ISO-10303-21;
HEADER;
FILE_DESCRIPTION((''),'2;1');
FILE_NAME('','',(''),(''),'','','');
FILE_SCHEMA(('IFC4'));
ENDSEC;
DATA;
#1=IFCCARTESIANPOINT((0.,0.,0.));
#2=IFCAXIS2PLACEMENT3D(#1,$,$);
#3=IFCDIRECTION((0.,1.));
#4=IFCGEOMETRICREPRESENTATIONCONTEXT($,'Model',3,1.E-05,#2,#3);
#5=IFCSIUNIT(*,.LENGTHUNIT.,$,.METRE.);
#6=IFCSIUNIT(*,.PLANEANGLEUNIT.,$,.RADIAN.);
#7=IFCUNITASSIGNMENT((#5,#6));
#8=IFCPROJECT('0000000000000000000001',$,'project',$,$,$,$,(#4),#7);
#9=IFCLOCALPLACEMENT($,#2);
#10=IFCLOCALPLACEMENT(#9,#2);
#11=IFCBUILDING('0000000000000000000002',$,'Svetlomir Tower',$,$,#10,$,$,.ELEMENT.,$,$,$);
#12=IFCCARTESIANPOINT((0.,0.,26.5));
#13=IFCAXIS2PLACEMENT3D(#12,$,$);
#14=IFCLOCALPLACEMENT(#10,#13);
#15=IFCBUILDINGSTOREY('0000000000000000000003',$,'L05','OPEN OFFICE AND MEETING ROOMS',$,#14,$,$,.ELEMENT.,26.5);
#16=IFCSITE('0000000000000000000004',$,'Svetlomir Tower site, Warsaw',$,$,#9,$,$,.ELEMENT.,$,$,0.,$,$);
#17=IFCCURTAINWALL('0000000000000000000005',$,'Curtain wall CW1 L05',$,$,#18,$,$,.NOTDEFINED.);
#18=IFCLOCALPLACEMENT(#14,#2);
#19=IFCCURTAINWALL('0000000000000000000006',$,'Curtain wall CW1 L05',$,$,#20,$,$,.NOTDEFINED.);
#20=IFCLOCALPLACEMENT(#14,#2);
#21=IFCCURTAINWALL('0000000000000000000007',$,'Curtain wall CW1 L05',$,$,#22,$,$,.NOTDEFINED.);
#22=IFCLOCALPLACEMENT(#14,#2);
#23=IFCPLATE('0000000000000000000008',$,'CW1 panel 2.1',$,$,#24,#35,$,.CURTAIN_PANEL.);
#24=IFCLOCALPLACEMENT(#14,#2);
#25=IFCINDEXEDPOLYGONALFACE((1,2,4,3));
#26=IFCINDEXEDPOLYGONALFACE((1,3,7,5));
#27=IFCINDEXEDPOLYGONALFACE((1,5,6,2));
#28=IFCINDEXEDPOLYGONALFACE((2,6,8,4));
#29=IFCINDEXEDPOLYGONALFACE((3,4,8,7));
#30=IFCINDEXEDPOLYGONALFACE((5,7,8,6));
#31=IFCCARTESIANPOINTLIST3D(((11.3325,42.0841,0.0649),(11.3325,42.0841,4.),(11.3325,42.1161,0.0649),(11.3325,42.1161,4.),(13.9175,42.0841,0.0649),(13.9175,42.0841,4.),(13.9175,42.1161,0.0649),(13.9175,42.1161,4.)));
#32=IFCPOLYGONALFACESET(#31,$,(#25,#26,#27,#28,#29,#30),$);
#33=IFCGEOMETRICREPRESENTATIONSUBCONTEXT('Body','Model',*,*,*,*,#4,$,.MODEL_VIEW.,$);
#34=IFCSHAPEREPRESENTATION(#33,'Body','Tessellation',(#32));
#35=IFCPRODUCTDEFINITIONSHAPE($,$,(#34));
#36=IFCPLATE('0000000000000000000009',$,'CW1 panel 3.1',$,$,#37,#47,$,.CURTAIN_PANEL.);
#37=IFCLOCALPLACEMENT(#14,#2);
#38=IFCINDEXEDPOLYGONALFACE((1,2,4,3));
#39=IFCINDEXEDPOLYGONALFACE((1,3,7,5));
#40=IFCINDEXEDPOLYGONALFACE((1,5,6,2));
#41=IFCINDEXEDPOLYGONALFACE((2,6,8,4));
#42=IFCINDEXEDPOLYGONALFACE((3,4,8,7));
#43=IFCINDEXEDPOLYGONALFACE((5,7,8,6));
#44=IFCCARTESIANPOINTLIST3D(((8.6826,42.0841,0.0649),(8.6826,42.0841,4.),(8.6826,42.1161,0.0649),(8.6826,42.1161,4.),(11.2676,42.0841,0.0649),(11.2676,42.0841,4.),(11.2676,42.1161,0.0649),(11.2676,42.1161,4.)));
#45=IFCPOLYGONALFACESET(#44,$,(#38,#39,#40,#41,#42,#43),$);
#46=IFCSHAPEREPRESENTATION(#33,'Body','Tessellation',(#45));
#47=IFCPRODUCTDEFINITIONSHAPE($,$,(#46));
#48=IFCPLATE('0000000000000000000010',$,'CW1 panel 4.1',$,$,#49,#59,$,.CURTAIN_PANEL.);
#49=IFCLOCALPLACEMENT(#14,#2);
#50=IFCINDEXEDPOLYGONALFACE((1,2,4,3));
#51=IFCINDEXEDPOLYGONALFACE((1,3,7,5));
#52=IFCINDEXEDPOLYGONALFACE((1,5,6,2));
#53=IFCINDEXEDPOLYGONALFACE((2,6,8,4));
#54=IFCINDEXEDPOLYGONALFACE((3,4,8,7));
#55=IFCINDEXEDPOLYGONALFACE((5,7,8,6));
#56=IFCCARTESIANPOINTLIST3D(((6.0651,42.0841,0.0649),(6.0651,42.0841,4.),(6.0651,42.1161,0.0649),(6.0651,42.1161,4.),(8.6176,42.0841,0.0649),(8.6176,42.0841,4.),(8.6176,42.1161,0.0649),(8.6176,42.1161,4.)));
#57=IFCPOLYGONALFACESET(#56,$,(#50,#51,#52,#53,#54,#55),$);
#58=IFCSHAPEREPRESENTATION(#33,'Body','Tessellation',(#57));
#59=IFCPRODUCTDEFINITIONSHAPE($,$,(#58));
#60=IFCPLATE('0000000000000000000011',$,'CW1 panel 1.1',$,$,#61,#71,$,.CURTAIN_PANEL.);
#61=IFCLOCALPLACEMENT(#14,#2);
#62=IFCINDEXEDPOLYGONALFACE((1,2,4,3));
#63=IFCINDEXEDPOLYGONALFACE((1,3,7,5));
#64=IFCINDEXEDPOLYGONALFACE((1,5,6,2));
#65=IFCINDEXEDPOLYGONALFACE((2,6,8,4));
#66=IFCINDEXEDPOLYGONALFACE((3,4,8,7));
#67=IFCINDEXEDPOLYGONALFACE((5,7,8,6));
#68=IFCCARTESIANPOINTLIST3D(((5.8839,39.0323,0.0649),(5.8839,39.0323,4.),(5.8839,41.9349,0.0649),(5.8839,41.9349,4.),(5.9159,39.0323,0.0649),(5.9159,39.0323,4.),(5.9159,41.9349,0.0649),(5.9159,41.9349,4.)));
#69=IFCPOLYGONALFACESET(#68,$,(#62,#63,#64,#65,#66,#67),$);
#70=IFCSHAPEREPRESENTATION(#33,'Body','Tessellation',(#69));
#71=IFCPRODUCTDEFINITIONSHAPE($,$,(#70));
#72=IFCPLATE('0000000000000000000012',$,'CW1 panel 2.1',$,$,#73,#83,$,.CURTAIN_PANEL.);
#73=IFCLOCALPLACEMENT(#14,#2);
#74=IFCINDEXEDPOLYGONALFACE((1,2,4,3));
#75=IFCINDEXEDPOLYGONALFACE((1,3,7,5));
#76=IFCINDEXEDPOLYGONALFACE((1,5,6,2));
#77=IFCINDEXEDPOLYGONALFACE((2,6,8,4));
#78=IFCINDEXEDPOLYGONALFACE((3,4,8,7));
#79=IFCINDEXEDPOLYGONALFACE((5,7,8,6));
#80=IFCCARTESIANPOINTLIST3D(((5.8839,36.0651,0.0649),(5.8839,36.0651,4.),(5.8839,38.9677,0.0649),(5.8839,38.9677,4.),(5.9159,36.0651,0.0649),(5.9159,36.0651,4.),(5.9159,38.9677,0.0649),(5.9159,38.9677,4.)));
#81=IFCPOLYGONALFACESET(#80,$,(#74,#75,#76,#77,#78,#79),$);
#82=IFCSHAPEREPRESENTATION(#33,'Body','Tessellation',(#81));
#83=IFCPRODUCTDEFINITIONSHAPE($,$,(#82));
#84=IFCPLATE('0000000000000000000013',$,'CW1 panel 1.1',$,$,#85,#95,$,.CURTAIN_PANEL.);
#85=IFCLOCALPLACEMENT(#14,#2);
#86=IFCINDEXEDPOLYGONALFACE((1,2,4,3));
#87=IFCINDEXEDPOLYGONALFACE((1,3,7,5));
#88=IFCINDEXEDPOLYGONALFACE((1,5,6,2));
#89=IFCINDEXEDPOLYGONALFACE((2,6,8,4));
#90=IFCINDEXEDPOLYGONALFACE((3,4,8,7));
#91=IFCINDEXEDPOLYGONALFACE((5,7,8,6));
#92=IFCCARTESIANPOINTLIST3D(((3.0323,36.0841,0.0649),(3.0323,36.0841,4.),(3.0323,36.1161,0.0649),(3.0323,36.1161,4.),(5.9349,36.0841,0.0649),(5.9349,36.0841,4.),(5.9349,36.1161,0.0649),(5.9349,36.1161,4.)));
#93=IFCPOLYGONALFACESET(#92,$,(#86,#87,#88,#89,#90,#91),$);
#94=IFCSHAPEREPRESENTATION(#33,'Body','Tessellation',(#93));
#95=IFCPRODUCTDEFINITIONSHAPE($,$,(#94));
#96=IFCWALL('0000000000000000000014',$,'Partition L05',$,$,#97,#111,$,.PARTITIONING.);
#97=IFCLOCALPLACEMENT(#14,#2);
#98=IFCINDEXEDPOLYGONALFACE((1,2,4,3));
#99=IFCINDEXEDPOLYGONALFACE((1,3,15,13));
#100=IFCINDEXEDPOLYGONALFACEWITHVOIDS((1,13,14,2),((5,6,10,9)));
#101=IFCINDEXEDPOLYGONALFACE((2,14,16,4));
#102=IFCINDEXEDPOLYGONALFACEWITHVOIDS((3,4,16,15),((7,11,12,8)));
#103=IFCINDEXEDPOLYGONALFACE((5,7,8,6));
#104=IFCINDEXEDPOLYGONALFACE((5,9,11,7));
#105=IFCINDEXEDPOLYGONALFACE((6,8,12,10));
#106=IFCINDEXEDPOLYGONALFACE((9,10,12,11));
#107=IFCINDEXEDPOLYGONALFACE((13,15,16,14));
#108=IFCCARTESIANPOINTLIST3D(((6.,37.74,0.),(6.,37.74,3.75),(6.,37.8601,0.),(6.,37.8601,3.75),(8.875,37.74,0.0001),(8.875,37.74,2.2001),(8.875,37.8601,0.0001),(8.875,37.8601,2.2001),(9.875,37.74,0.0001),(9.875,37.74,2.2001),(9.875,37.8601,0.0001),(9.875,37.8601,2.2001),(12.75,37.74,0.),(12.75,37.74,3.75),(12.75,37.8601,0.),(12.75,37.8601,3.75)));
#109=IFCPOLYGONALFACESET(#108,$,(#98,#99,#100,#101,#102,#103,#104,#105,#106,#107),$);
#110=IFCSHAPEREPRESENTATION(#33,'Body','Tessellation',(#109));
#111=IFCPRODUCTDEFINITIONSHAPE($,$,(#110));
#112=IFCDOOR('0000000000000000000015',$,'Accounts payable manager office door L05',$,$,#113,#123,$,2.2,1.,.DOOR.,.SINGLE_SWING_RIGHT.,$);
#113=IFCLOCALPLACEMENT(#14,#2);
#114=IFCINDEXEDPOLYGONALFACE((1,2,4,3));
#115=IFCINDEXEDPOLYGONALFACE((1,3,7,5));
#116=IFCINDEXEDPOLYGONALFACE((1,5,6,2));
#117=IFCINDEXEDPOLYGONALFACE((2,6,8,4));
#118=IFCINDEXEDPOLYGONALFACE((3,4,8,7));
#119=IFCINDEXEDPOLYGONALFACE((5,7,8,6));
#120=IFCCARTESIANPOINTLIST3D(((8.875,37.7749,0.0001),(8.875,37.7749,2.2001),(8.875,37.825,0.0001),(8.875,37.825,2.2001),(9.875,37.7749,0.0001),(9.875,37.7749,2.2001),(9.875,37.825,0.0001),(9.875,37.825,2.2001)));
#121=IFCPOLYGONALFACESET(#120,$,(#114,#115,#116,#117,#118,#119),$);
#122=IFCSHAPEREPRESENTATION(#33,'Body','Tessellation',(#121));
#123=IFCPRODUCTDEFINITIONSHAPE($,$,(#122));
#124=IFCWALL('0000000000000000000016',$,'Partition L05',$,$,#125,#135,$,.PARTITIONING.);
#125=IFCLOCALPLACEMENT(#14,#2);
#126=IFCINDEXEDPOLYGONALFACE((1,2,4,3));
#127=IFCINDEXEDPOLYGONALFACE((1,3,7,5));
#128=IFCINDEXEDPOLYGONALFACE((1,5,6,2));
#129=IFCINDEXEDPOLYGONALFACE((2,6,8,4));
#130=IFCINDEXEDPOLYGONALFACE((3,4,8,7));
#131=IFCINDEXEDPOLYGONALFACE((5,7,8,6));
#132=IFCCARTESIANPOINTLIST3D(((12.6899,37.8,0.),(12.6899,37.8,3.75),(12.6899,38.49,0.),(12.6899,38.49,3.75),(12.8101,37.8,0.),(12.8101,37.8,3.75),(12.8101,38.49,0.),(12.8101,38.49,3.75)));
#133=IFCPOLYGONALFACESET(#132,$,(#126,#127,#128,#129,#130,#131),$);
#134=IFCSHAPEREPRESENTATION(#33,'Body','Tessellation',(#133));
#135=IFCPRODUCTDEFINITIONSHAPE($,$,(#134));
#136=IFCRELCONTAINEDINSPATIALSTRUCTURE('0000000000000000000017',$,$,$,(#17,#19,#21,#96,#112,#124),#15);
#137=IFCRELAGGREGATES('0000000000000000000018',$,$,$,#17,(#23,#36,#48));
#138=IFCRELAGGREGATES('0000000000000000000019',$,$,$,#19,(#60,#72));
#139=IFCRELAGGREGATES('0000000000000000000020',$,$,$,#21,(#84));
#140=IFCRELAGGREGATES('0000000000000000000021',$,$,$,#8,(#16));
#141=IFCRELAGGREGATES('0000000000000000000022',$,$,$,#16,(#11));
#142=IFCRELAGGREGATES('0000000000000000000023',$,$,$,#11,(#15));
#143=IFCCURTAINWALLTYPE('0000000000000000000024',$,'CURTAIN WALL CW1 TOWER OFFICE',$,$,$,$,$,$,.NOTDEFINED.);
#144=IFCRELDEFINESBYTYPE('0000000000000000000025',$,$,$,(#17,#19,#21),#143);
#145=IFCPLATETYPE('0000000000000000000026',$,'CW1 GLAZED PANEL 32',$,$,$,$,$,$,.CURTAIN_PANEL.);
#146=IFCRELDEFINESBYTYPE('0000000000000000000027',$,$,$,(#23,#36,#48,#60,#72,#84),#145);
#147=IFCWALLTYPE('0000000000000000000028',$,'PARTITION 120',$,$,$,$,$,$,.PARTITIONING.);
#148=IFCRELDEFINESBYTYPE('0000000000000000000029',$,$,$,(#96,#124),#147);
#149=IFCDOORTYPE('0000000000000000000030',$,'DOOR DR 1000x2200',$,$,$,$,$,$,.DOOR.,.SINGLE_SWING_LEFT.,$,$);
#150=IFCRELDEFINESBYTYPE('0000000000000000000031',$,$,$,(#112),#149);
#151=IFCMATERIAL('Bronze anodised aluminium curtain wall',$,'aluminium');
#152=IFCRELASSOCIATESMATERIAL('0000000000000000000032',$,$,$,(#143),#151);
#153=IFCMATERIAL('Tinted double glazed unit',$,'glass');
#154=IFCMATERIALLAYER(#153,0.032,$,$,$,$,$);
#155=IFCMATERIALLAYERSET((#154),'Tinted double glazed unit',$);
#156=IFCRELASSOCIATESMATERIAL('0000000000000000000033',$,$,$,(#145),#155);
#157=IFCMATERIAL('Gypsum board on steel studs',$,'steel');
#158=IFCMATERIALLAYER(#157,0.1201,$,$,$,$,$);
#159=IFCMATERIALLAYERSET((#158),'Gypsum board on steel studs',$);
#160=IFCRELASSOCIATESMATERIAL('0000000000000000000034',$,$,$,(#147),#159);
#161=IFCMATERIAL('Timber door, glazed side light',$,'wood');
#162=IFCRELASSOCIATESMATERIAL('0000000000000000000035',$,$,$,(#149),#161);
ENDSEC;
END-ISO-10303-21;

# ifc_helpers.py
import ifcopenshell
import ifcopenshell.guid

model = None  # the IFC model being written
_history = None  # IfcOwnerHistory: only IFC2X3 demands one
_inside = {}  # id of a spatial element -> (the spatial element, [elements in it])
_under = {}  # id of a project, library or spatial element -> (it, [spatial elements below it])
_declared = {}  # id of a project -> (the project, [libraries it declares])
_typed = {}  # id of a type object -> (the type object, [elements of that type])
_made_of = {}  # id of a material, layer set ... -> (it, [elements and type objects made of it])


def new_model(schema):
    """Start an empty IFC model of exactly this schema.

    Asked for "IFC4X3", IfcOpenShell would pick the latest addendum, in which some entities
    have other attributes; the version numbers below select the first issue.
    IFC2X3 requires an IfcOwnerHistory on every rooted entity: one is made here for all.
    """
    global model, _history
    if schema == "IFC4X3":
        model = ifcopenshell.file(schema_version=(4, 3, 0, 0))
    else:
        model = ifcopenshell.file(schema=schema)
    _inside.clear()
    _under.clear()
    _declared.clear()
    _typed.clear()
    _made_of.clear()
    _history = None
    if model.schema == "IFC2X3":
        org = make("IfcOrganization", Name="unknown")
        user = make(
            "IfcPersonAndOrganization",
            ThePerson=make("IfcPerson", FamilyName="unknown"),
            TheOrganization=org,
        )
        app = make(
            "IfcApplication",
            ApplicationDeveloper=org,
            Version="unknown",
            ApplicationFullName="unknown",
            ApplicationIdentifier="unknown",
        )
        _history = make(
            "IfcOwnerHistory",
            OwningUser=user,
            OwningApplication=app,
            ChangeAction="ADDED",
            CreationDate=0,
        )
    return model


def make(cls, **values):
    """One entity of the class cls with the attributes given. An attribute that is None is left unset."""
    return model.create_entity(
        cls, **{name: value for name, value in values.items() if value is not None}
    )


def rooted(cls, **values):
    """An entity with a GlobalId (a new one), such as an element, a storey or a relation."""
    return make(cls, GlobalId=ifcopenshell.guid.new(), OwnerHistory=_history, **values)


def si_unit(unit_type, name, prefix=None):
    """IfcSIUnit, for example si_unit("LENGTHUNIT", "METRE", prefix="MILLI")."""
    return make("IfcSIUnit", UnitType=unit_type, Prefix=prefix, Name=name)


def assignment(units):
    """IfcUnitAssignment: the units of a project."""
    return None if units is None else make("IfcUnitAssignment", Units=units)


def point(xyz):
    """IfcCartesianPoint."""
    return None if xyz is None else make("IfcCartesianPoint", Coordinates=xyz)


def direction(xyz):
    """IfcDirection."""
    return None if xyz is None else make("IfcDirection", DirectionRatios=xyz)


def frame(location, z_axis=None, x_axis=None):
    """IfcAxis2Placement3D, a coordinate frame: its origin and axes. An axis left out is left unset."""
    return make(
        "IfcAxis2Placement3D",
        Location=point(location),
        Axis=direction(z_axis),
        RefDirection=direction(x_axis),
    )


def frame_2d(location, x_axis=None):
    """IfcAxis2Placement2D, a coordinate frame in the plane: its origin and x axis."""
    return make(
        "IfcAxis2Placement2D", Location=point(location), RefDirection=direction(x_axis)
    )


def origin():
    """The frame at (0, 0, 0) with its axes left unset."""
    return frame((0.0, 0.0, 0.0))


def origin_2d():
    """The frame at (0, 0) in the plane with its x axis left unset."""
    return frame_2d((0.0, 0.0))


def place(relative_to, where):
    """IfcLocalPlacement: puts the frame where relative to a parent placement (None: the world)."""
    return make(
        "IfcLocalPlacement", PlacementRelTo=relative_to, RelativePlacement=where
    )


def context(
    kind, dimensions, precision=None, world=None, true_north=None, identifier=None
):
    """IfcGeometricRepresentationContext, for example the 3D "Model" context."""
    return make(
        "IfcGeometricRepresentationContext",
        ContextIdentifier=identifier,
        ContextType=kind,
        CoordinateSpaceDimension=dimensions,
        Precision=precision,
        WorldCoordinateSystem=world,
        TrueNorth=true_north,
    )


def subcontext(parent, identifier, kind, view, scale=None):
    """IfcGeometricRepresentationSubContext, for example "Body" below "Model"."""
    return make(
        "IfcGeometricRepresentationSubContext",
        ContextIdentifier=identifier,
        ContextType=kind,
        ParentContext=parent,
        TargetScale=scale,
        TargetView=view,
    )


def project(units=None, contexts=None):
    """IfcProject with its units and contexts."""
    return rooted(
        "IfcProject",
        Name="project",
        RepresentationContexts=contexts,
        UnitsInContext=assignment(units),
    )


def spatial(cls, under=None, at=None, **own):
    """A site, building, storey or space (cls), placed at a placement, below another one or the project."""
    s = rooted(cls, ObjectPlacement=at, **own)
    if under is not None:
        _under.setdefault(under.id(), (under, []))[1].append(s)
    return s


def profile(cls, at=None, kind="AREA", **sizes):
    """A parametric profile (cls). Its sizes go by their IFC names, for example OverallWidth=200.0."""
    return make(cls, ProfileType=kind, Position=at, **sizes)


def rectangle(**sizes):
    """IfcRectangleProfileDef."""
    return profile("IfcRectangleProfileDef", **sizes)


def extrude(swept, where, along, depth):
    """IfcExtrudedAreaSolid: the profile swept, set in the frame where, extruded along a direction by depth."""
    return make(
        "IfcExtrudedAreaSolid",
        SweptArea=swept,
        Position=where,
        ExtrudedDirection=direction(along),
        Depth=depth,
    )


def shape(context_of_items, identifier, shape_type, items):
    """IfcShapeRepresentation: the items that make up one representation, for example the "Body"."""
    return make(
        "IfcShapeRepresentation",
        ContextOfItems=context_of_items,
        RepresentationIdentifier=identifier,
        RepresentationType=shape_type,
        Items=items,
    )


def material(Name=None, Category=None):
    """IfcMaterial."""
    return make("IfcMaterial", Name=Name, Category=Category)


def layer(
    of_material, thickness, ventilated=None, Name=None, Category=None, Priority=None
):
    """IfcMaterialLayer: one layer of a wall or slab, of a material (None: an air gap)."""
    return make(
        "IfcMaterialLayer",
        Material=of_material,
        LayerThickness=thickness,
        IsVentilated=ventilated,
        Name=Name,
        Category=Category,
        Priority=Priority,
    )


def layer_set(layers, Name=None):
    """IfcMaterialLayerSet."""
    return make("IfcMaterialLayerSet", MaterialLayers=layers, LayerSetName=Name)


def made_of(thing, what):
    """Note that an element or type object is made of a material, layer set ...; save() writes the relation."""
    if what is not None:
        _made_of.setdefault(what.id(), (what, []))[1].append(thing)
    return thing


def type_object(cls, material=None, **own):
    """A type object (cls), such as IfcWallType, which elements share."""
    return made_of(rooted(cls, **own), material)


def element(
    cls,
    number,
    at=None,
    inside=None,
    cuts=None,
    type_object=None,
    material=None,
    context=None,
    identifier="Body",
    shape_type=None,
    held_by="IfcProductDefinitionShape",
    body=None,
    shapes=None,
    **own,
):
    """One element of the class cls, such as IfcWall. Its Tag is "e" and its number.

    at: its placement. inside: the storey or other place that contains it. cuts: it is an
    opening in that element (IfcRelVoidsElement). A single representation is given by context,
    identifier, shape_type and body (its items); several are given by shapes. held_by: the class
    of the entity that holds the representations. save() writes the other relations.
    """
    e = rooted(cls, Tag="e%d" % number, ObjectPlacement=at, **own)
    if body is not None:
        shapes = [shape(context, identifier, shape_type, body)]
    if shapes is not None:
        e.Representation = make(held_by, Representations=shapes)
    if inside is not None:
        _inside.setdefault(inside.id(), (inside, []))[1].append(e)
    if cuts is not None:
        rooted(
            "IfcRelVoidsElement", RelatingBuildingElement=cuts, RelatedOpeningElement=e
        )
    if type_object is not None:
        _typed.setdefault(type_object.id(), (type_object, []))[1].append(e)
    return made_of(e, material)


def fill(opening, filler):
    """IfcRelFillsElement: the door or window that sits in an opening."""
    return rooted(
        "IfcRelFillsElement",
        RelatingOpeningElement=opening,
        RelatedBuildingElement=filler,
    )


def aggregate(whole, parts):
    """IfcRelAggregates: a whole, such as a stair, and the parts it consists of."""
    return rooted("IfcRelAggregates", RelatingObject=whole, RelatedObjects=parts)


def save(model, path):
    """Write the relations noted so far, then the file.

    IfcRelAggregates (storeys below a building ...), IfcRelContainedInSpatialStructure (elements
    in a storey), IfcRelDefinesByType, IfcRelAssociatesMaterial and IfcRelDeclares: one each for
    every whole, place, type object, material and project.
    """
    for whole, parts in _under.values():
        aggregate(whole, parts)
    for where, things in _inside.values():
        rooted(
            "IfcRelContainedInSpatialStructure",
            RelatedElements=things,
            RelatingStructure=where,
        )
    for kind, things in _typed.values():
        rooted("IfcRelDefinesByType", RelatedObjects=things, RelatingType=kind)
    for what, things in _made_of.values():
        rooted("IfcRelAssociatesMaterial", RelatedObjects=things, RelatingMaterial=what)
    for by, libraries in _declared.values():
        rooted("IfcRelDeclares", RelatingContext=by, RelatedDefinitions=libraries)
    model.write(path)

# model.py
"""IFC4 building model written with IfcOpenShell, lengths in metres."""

from ifc_helpers import new_model, si_unit, direction, frame, frame_2d, origin, origin_2d, place, context, subcontext, project, spatial, rectangle, extrude, material, layer, layer_set, type_object, element, fill, aggregate, save


model = new_model("IFC4")

# Units and contexts
model_context = context("Model", 3, precision=1e-05, world=origin(), true_north=direction((0.0, 1.0)))
body_context = subcontext(model_context, "Body", "Model", "MODEL_VIEW")
ifc_project = project(units=[si_unit("LENGTHUNIT", "METRE"), si_unit("PLANEANGLEUNIT", "RADIAN")], contexts=[model_context])

# Site, building, storey
site_placement = place(None, origin())
site = spatial("IfcSite", under=ifc_project, at=site_placement, Name="Svetlomir Tower site, Warsaw", CompositionType="ELEMENT", RefElevation=0.0)
building_placement = place(site_placement, origin())
building = spatial("IfcBuilding", under=site, at=building_placement, Name="Svetlomir Tower", CompositionType="ELEMENT")
storey_placement = place(building_placement, frame((0.0, 0.0, 26.5)))
storey = spatial("IfcBuildingStorey", under=building, at=storey_placement, Name="L05", Description="OPEN OFFICE AND MEETING ROOMS", CompositionType="ELEMENT", Elevation=26.5)

# Curtain walls
ifc_material_1 = material(Name="Bronze anodised aluminium curtain wall", Category="aluminium")
curtain_wall_type = type_object("IfcCurtainWallType", Name="CURTAIN WALL CW1 TOWER OFFICE", PredefinedType="NOTDEFINED", material=ifc_material_1)
curtain_wall_1_placement = place(storey_placement, origin())
curtain_wall_1 = element("IfcCurtainWall", 1, at=curtain_wall_1_placement, inside=storey, type_object=curtain_wall_type, Name="Curtain wall CW1 L05", PredefinedType="NOTDEFINED")
curtain_wall_2_placement = place(storey_placement, origin())
curtain_wall_2 = element("IfcCurtainWall", 2, at=curtain_wall_2_placement, inside=storey, type_object=curtain_wall_type, Name="Curtain wall CW1 L05", PredefinedType="NOTDEFINED")
curtain_wall_3_placement = place(storey_placement, origin())
curtain_wall_3 = element("IfcCurtainWall", 3, at=curtain_wall_3_placement, inside=storey, type_object=curtain_wall_type, Name="Curtain wall CW1 L05", PredefinedType="NOTDEFINED")

# Plates
ifc_material_2 = material(Name="Tinted double glazed unit", Category="glass")
ifc_layer_1 = layer(ifc_material_2, 0.032)
ifc_layer_set_1 = layer_set([ifc_layer_1], Name="Tinted double glazed unit")
plate_type = type_object("IfcPlateType", Name="CW1 GLAZED PANEL 32", PredefinedType="CURTAIN_PANEL", material=ifc_layer_set_1)
plate_1_placement = place(storey_placement, frame((12.625, 42.1001, 0.0649), z_axis=(0.0, 0.0, 1.0), x_axis=(-1.0, 0.0, 0.0)))
plate_1 = element("IfcPlate", 4, at=plate_1_placement, type_object=plate_type, Name="CW1 panel 2.1", PredefinedType="CURTAIN_PANEL", context=body_context, shape_type="SweptSolid", body=[
    extrude(rectangle(XDim=2.585, YDim=0.032, at=origin_2d()), origin(), (0.0, 0.0, 1.0), 3.9351),
])
plate_2_placement = place(storey_placement, frame((9.9751, 42.1001, 0.0649), z_axis=(0.0, 0.0, 1.0), x_axis=(-1.0, 0.0, 0.0)))
plate_2 = element("IfcPlate", 5, at=plate_2_placement, type_object=plate_type, Name="CW1 panel 3.1", PredefinedType="CURTAIN_PANEL", context=body_context, shape_type="SweptSolid", body=[
    extrude(rectangle(XDim=2.585, YDim=0.032, at=origin_2d()), origin(), (0.0, 0.0, 1.0), 3.9351),
])
plate_3_placement = place(storey_placement, frame((7.3413, 42.1001, 0.0649), z_axis=(0.0, 0.0, 1.0), x_axis=(-1.0, 0.0, 0.0)))
plate_3 = element("IfcPlate", 6, at=plate_3_placement, type_object=plate_type, Name="CW1 panel 4.1", PredefinedType="CURTAIN_PANEL", context=body_context, shape_type="SweptSolid", body=[
    extrude(rectangle(XDim=2.5525, YDim=0.032, at=origin_2d()), origin(), (0.0, 0.0, 1.0), 3.9351),
])
aggregate(curtain_wall_1, [plate_1, plate_2, plate_3])
plate_4_placement = place(storey_placement, frame((5.8999, 40.4836, 0.0649), z_axis=(0.0, 0.0, 1.0), x_axis=(0.0, -1.0, 0.0)))
plate_4 = element("IfcPlate", 7, at=plate_4_placement, type_object=plate_type, Name="CW1 panel 1.1", PredefinedType="CURTAIN_PANEL", context=body_context, shape_type="SweptSolid", body=[
    extrude(rectangle(XDim=2.9026, YDim=0.032, at=origin_2d()), origin(), (0.0, 0.0, 1.0), 3.9351),
])
plate_5_placement = place(storey_placement, frame((5.8999, 37.5164, 0.0649), z_axis=(0.0, 0.0, 1.0), x_axis=(0.0, -1.0, 0.0)))
plate_5 = element("IfcPlate", 8, at=plate_5_placement, type_object=plate_type, Name="CW1 panel 2.1", PredefinedType="CURTAIN_PANEL", context=body_context, shape_type="SweptSolid", body=[
    extrude(rectangle(XDim=2.9026, YDim=0.032, at=origin_2d()), origin(), (0.0, 0.0, 1.0), 3.9351),
])
aggregate(curtain_wall_2, [plate_4, plate_5])
plate_6_placement = place(storey_placement, frame((4.4836, 36.1001, 0.0649), z_axis=(0.0, 0.0, 1.0), x_axis=(-1.0, 0.0, 0.0)))
plate_6 = element("IfcPlate", 9, at=plate_6_placement, type_object=plate_type, Name="CW1 panel 1.1", PredefinedType="CURTAIN_PANEL", context=body_context, shape_type="SweptSolid", body=[
    extrude(rectangle(XDim=2.9026, YDim=0.032, at=origin_2d()), origin(), (0.0, 0.0, 1.0), 3.9351),
])
aggregate(curtain_wall_3, [plate_6])

# Wall, opening, door
ifc_material_3 = material(Name="Gypsum board on steel studs", Category="steel")
ifc_layer_2 = layer(ifc_material_3, 0.1201)
ifc_layer_set_2 = layer_set([ifc_layer_2], Name="Gypsum board on steel studs")
wall_type = type_object("IfcWallType", Name="PARTITION 120", PredefinedType="PARTITIONING", material=ifc_layer_set_2)
wall_1_placement = place(storey_placement, frame((6.0, 37.8, 0.0), z_axis=(0.0, 0.0, 1.0), x_axis=(1.0, 0.0, 0.0)))
wall_1 = element("IfcWall", 10, at=wall_1_placement, inside=storey, type_object=wall_type, Name="Partition L05", PredefinedType="PARTITIONING", context=body_context, shape_type="SweptSolid", body=[
    extrude(rectangle(XDim=6.75, YDim=0.1201, at=frame_2d((3.375, 0.0))), origin(), (0.0, 0.0, 1.0), 3.75),
])
opening_placement = place(wall_1_placement, frame((2.875, 0.0, 0.0)))
opening = element("IfcOpeningElement", 11, at=opening_placement, cuts=wall_1, PredefinedType="OPENING", context=body_context, shape_type="SweptSolid", body=[
    extrude(rectangle(XDim=1.0, YDim=2.2, at=frame_2d((0.5, 1.1001))), frame((0.0, 0.0701, 0.0), z_axis=(0.0, -1.0, 0.0), x_axis=(1.0, 0.0, 0.0)), (0.0, 0.0, 1.0), 0.1401),
])
ifc_material_4 = material(Name="Timber door, glazed side light", Category="wood")
door_type = type_object("IfcDoorType", Name="DOOR DR 1000x2200", OperationType="SINGLE_SWING_LEFT", PredefinedType="DOOR", material=ifc_material_4)
door_placement = place(opening_placement, origin())
door = element("IfcDoor", 12, at=door_placement, inside=storey, type_object=door_type, Name="Accounts payable manager office door L05", OperationType="SINGLE_SWING_RIGHT", OverallHeight=2.2, OverallWidth=1.0, PredefinedType="DOOR", context=body_context, shape_type="SweptSolid", body=[
    extrude(rectangle(XDim=1.0, YDim=2.2, at=frame_2d((0.5, 1.1001))), frame((0.0, 0.0249, 0.0), z_axis=(0.0, -1.0, 0.0), x_axis=(1.0, 0.0, 0.0)), (0.0, 0.0, 1.0), 0.05),
])
fill(opening, door)

# Wall
wall_2_placement = place(storey_placement, frame((12.75, 37.8, 0.0), z_axis=(0.0, 0.0, 1.0), x_axis=(0.0, 1.0, 0.0)))
element("IfcWall", 13, at=wall_2_placement, inside=storey, type_object=wall_type, Name="Partition L05", PredefinedType="PARTITIONING", context=body_context, shape_type="SweptSolid", body=[
    extrude(rectangle(XDim=0.6899, YDim=0.1201, at=frame_2d((0.345, 0.0))), origin(), (0.0, 0.0, 1.0), 3.75),
])

save(model, "model.ifc")
